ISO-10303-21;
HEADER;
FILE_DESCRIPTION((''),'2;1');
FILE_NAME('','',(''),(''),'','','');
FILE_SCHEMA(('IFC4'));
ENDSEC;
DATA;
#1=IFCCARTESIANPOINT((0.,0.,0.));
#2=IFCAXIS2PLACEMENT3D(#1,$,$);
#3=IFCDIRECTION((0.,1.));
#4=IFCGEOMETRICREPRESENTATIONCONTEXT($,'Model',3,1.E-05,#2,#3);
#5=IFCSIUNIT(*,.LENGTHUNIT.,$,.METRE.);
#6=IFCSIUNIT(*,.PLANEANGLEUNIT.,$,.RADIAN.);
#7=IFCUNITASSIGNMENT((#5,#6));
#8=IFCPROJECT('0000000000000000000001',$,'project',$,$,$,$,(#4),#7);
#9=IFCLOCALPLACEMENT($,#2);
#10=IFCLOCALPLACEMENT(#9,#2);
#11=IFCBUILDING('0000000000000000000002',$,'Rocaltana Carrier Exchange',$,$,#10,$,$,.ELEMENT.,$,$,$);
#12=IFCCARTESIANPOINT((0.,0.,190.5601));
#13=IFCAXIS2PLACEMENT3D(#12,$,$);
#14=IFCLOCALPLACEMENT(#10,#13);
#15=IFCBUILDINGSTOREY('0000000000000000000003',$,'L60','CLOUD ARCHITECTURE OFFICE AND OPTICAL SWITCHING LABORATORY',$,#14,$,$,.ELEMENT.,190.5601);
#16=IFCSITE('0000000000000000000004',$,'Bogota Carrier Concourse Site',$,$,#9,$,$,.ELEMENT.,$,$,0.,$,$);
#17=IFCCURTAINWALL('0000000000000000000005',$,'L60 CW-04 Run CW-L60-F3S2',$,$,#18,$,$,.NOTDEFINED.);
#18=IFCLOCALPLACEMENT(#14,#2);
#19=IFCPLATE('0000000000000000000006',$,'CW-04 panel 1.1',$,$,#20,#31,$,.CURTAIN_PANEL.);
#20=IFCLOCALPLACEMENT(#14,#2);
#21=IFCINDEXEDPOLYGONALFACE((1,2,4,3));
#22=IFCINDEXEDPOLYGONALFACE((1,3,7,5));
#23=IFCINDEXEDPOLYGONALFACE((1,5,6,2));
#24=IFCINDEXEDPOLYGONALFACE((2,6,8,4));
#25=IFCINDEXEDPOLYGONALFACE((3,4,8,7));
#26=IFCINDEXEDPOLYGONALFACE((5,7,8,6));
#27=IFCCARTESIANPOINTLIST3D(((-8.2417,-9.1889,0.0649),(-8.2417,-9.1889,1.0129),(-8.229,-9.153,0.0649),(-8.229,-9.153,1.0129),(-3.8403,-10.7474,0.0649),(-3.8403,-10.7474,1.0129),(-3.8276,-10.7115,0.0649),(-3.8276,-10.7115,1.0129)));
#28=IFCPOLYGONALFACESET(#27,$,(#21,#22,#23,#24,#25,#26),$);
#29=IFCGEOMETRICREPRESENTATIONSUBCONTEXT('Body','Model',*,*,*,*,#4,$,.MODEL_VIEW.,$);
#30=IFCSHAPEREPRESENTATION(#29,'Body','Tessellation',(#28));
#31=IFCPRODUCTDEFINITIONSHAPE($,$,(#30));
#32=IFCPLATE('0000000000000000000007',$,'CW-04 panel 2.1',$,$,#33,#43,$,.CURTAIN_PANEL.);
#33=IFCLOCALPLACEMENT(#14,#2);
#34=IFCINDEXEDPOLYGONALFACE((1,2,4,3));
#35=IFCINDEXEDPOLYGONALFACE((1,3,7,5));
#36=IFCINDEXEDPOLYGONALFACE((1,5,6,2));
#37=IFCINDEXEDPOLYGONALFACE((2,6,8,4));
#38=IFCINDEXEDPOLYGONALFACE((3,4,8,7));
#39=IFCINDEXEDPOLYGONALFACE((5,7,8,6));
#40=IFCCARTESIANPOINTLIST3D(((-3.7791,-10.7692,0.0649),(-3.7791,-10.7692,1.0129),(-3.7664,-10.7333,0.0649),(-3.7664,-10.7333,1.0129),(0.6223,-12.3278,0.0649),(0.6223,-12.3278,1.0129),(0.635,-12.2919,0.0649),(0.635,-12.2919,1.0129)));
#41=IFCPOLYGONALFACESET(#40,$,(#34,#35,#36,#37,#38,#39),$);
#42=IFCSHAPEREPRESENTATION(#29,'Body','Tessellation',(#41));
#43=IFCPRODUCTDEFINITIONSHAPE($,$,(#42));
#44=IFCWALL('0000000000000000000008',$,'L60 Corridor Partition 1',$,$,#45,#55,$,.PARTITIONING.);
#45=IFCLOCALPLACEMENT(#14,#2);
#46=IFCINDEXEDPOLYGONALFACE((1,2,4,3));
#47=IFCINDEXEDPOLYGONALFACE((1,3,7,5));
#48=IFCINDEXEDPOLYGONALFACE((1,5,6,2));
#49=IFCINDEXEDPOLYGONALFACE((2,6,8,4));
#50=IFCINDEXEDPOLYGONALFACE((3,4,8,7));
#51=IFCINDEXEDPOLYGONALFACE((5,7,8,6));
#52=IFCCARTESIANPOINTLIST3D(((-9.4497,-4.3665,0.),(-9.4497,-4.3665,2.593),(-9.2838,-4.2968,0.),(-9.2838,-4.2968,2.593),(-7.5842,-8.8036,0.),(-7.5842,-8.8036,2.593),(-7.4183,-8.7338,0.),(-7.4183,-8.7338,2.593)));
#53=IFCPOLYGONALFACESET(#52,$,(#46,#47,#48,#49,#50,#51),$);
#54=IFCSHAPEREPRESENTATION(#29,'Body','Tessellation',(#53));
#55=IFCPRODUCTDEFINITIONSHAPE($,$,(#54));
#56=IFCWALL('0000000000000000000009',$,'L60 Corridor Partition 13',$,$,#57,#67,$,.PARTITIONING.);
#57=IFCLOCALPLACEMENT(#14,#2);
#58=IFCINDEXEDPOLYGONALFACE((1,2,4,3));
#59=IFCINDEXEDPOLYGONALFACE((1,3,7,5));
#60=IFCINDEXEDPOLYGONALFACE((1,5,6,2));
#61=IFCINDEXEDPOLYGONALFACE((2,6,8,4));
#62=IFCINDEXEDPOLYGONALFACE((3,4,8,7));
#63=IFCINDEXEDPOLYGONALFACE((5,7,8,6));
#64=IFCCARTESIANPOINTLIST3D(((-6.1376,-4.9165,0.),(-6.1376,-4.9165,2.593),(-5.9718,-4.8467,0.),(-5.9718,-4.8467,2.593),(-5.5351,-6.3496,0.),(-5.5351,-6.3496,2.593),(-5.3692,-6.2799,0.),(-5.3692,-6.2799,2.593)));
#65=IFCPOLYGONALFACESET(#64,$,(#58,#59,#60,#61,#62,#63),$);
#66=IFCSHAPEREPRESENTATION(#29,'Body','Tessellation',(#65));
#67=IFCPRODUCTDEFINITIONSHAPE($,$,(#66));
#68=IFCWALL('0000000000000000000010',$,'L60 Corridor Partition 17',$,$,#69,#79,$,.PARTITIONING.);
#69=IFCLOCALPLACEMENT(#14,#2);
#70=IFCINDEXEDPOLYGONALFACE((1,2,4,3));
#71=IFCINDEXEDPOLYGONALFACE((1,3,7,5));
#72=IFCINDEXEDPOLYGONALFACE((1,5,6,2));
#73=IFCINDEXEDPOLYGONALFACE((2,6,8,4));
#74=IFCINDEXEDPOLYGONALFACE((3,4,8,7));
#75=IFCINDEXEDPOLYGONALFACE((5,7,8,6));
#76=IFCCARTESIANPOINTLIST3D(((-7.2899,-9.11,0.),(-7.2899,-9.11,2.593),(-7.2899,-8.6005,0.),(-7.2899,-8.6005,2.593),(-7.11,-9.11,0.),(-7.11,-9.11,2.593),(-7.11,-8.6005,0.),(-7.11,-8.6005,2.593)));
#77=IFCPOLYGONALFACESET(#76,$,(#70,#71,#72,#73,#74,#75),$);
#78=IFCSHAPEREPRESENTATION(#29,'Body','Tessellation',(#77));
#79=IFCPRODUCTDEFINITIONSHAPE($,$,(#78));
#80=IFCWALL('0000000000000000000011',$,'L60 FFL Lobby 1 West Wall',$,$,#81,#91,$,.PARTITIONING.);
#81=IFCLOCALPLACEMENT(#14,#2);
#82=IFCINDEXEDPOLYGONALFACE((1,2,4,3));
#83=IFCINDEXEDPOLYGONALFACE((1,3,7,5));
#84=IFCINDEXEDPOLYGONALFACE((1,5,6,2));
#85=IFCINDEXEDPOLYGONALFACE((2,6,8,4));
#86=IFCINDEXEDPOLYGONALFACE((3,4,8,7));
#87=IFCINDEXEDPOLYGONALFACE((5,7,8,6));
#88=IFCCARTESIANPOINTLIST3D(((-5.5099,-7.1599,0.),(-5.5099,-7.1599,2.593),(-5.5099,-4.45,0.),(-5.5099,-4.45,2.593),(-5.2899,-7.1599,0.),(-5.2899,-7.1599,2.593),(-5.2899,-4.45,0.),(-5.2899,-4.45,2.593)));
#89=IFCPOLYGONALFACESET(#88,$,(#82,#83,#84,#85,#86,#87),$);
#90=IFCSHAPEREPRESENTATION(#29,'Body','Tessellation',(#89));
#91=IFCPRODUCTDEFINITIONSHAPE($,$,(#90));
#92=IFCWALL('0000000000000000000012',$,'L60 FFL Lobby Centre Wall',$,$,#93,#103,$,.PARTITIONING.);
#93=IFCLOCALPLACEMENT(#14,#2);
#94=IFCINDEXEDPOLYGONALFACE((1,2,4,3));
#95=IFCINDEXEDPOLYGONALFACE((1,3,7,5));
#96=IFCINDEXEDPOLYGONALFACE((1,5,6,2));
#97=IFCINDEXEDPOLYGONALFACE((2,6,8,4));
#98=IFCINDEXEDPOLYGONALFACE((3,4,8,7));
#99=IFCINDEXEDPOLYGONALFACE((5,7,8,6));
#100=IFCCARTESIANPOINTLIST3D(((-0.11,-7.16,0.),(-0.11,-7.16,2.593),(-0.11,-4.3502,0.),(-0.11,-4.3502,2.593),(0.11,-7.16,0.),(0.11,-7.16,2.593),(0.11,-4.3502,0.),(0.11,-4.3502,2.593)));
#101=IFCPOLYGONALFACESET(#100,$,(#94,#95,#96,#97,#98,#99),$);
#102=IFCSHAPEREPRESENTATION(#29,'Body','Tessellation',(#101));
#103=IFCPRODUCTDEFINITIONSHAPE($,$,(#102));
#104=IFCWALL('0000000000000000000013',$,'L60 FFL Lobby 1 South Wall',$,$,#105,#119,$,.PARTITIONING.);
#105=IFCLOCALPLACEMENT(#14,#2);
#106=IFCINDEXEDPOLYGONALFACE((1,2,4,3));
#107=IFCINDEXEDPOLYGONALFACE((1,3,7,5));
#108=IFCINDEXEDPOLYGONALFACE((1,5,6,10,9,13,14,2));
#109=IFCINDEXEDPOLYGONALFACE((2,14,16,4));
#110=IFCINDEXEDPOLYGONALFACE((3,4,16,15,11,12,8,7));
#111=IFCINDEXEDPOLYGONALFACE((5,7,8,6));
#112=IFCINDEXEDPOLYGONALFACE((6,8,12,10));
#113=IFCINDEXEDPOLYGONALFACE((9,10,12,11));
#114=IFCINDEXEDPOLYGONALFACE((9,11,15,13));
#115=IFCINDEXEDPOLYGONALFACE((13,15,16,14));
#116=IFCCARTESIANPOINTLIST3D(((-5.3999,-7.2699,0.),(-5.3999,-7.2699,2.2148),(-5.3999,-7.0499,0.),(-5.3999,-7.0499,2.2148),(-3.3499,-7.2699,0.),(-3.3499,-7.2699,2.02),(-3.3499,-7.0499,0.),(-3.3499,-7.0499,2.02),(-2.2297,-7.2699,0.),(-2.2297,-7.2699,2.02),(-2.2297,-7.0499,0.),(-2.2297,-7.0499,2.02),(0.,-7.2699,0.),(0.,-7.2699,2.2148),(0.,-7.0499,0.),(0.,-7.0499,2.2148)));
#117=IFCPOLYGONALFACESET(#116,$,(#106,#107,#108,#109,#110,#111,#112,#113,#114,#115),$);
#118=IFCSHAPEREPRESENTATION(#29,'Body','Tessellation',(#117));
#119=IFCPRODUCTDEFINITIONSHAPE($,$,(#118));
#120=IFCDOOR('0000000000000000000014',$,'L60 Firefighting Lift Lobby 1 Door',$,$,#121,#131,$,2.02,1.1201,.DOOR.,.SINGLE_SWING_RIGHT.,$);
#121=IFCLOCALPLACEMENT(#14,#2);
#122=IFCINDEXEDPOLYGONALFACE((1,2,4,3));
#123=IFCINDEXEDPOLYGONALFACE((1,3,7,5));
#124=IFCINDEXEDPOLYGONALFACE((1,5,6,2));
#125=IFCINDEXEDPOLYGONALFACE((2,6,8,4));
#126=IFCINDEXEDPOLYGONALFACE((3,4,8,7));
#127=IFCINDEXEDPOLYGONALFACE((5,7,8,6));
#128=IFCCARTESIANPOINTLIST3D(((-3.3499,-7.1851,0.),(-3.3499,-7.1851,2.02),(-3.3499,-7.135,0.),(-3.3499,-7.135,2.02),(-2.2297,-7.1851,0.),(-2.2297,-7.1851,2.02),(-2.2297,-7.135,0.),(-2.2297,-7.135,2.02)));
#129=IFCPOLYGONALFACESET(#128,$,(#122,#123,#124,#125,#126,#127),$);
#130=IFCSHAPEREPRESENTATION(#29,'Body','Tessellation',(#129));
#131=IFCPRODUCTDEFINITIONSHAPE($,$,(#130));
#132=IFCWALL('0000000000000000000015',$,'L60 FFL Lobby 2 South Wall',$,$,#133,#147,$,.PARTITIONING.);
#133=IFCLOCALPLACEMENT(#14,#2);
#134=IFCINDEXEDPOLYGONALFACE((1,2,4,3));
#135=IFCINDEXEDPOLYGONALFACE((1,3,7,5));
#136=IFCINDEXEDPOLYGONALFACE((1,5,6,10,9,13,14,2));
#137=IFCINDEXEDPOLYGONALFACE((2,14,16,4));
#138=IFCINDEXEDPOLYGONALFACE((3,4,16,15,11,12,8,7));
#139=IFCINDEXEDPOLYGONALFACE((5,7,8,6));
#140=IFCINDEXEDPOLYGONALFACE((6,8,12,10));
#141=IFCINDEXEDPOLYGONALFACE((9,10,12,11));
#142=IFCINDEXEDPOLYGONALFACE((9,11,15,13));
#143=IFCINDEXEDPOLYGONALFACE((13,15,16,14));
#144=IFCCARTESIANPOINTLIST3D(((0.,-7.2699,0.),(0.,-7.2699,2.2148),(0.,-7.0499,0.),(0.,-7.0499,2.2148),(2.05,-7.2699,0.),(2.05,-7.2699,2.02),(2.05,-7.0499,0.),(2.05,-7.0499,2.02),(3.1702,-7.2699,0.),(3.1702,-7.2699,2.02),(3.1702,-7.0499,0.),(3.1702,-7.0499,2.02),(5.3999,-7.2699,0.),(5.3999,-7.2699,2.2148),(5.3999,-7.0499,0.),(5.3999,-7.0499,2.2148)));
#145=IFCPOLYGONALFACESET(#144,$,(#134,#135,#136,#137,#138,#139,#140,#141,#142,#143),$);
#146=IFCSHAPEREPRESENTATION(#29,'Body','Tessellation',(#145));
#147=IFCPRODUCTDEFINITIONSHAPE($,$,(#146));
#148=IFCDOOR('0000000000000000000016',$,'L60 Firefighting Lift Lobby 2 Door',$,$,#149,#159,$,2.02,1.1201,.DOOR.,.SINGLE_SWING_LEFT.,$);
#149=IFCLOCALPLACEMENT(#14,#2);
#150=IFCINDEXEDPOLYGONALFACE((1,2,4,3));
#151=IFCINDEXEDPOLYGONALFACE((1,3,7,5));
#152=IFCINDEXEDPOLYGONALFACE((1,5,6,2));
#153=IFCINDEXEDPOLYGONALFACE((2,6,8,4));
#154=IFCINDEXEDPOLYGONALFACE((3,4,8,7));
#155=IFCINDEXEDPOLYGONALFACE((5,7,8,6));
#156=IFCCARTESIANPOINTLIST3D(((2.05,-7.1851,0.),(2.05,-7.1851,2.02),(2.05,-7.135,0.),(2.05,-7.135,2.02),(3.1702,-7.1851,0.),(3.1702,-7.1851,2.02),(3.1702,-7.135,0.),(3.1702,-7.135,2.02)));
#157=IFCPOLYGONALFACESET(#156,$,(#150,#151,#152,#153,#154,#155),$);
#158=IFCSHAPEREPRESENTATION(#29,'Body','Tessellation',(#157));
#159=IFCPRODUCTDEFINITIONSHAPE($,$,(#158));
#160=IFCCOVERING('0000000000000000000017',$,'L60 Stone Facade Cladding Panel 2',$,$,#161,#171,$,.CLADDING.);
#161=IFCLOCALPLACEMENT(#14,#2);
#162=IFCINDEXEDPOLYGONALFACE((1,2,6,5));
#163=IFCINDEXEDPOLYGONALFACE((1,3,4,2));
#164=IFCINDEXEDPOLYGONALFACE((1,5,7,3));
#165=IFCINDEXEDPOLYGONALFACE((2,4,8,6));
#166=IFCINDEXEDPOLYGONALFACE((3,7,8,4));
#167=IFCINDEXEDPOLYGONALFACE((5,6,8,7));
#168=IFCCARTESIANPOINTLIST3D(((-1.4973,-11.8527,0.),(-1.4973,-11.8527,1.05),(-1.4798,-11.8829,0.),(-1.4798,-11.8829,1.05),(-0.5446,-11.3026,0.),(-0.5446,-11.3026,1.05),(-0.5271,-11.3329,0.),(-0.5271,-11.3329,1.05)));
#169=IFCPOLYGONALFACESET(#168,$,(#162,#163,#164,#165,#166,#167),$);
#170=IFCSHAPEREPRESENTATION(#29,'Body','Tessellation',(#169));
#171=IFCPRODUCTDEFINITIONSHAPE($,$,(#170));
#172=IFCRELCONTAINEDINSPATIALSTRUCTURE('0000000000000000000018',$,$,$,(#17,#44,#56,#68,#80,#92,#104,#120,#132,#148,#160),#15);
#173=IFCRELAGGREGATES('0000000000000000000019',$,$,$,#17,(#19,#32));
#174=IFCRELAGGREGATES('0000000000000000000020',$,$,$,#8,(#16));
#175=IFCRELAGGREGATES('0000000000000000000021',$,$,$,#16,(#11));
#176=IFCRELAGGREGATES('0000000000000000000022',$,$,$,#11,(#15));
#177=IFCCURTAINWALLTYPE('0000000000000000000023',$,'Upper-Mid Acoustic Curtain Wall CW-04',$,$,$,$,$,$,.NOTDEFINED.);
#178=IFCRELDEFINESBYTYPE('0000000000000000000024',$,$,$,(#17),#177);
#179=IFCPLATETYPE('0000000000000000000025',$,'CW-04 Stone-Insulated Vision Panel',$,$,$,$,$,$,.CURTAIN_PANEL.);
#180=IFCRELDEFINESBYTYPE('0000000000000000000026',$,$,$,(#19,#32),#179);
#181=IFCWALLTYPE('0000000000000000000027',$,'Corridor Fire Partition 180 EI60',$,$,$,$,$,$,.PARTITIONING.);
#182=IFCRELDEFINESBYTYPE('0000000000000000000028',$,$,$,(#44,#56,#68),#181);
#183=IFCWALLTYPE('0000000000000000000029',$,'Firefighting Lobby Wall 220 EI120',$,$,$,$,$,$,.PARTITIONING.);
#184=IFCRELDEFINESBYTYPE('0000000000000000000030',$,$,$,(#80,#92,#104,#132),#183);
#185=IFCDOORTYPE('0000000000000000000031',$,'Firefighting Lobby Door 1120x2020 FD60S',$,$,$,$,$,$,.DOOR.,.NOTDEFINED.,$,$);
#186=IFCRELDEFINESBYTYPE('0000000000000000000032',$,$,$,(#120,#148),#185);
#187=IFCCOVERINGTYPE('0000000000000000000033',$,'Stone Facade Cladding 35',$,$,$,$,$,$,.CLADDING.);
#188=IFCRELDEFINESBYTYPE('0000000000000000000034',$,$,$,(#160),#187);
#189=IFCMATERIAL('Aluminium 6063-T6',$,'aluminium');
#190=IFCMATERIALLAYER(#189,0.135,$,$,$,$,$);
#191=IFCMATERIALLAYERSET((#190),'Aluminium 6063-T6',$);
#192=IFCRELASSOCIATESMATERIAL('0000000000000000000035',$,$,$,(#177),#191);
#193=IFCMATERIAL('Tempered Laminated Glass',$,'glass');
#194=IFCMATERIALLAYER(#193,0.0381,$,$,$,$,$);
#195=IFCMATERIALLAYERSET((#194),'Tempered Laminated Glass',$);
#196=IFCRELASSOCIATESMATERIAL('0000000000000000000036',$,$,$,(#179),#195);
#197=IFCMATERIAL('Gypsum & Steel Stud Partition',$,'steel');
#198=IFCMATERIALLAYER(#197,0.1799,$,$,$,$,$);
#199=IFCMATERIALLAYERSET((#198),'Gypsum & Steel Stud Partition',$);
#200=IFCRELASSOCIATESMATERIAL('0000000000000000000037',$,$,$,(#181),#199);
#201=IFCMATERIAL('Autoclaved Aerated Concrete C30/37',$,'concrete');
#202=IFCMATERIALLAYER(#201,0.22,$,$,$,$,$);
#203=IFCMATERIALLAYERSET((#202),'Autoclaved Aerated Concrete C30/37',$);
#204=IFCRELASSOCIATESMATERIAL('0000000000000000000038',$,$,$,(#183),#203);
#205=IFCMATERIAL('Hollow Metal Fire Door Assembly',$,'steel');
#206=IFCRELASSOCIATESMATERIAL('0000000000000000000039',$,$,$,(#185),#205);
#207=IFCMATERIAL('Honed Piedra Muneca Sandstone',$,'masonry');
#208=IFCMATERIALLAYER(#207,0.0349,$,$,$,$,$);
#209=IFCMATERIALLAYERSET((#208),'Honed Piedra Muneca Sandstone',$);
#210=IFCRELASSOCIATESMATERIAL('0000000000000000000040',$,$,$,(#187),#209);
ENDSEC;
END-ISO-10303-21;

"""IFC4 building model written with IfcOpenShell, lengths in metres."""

from ifc_helpers import new_model, si_unit, direction, frame, frame_2d, origin, origin_2d, place, context, subcontext, project, spatial, rectangle, extrude, material, layer, layer_set, type_object, element, fill, aggregate, save


model = new_model("IFC4")

# Units and contexts
model_context = context("Model", 3, precision=1e-05, world=origin(), true_north=direction((0.0, 1.0)))
body_context = subcontext(model_context, "Body", "Model", "MODEL_VIEW")
ifc_project = project(units=[si_unit("LENGTHUNIT", "METRE"), si_unit("PLANEANGLEUNIT", "RADIAN")], contexts=[model_context])

# Site, building, storey
site_placement = place(None, origin())
site = spatial("IfcSite", under=ifc_project, at=site_placement, Name="Bogota Carrier Concourse Site", CompositionType="ELEMENT", RefElevation=0.0)
building_placement = place(site_placement, origin())
building = spatial("IfcBuilding", under=site, at=building_placement, Name="Rocaltana Carrier Exchange", CompositionType="ELEMENT")
storey_placement = place(building_placement, frame((0.0, 0.0, 190.5601)))
storey = spatial("IfcBuildingStorey", under=building, at=storey_placement, Name="L60", Description="CLOUD ARCHITECTURE OFFICE AND OPTICAL SWITCHING LABORATORY", CompositionType="ELEMENT", Elevation=190.5601)

# Curtain wall
ifc_material_1 = material(Name="Aluminium 6063-T6", Category="aluminium")
ifc_layer_1 = layer(ifc_material_1, 0.135)
ifc_layer_set_1 = layer_set([ifc_layer_1], Name="Aluminium 6063-T6")
curtain_wall_type = type_object("IfcCurtainWallType", Name="Upper-Mid Acoustic Curtain Wall CW-04", PredefinedType="NOTDEFINED", material=ifc_layer_set_1)
curtain_wall_placement = place(storey_placement, origin())
curtain_wall = element("IfcCurtainWall", 1, at=curtain_wall_placement, inside=storey, type_object=curtain_wall_type, Name="L60 CW-04 Run CW-L60-F3S2", PredefinedType="NOTDEFINED")

# Plates
ifc_material_2 = material(Name="Tempered Laminated Glass", Category="glass")
ifc_layer_2 = layer(ifc_material_2, 0.0381)
ifc_layer_set_2 = layer_set([ifc_layer_2], Name="Tempered Laminated Glass")
plate_type = type_object("IfcPlateType", Name="CW-04 Stone-Insulated Vision Panel", PredefinedType="CURTAIN_PANEL", material=ifc_layer_set_2)
plate_1_placement = place(storey_placement, frame((-6.0347, -9.9502, 0.0649), z_axis=(0.0, 0.0, 1.0), x_axis=(0.942644, -0.333799, 0.0)))
plate_1 = element("IfcPlate", 2, at=plate_1_placement, type_object=plate_type, Name="CW-04 panel 1.1", PredefinedType="CURTAIN_PANEL", context=body_context, shape_type="SweptSolid", body=[
    extrude(rectangle(XDim=4.6692, YDim=0.0381, at=origin_2d()), origin(), (0.0, 0.0, 1.0), 0.948),
])
plate_2_placement = place(storey_placement, frame((-1.572, -11.5305, 0.0649), z_axis=(0.0, 0.0, 1.0), x_axis=(0.942644, -0.333799, 0.0)))
plate_2 = element("IfcPlate", 3, at=plate_2_placement, type_object=plate_type, Name="CW-04 panel 2.1", PredefinedType="CURTAIN_PANEL", context=body_context, shape_type="SweptSolid", body=[
    extrude(rectangle(XDim=4.6692, YDim=0.0381, at=origin_2d()), origin(), (0.0, 0.0, 1.0), 0.948),
])
aggregate(curtain_wall, [plate_1, plate_2])

# Walls
ifc_material_3 = material(Name="Gypsum & Steel Stud Partition", Category="steel")
ifc_layer_3 = layer(ifc_material_3, 0.1799)
ifc_layer_set_3 = layer_set([ifc_layer_3], Name="Gypsum & Steel Stud Partition")
wall_type_1 = type_object("IfcWallType", Name="Corridor Fire Partition 180 EI60", PredefinedType="PARTITIONING", material=ifc_layer_set_3)
wall_1_placement = place(storey_placement, frame((-7.5012, -8.7688, 0.0), z_axis=(0.0, 0.0, 1.0), x_axis=(-0.387574, 0.921839, 0.0)))
element("IfcWall", 4, at=wall_1_placement, inside=storey, type_object=wall_type_1, Name="L60 Corridor Partition 1", PredefinedType="PARTITIONING", context=body_context, shape_type="SweptSolid", body=[
    extrude(rectangle(XDim=4.8132, YDim=0.1799, at=frame_2d((2.4067, 0.0))), origin(), (0.0, 0.0, 1.0), 2.593),
])
wall_2_placement = place(storey_placement, frame((-6.0547, -4.8816, 0.0), z_axis=(0.0, 0.0, 1.0), x_axis=(0.38758, -0.921836, 0.0)))
element("IfcWall", 5, at=wall_2_placement, inside=storey, type_object=wall_type_1, Name="L60 Corridor Partition 13", PredefinedType="PARTITIONING", context=body_context, shape_type="SweptSolid", body=[
    extrude(rectangle(XDim=1.5547, YDim=0.1799, at=frame_2d((0.7773, 0.0))), origin(), (0.0, 0.0, 1.0), 2.593),
])
wall_3_placement = place(storey_placement, frame((-7.2, -9.1101, 0.0), z_axis=(0.0, 0.0, 1.0), x_axis=(0.0, 1.0, 0.0)))
element("IfcWall", 6, at=wall_3_placement, inside=storey, type_object=wall_type_1, Name="L60 Corridor Partition 17", PredefinedType="PARTITIONING", context=body_context, shape_type="SweptSolid", body=[
    extrude(rectangle(XDim=0.5095, YDim=0.1799, at=frame_2d((0.2549, 0.0))), origin(), (0.0, 0.0, 1.0), 2.593),
])
ifc_material_4 = material(Name="Autoclaved Aerated Concrete C30/37", Category="concrete")
ifc_layer_4 = layer(ifc_material_4, 0.22)
ifc_layer_set_4 = layer_set([ifc_layer_4], Name="Autoclaved Aerated Concrete C30/37")
wall_type_2 = type_object("IfcWallType", Name="Firefighting Lobby Wall 220 EI120", PredefinedType="PARTITIONING", material=ifc_layer_set_4)
wall_4_placement = place(storey_placement, frame((-5.3999, -7.1599, 0.0), z_axis=(0.0, 0.0, 1.0), x_axis=(0.0, 1.0, 0.0)))
element("IfcWall", 7, at=wall_4_placement, inside=storey, type_object=wall_type_2, Name="L60 FFL Lobby 1 West Wall", PredefinedType="PARTITIONING", context=body_context, shape_type="SweptSolid", body=[
    extrude(rectangle(XDim=2.71, YDim=0.22, at=frame_2d((1.355, 0.0))), origin(), (0.0, 0.0, 1.0), 2.593),
])
wall_5_placement = place(storey_placement, frame((0.0, -7.1599, 0.0), z_axis=(0.0, 0.0, 1.0), x_axis=(0.0, 1.0, 0.0)))
element("IfcWall", 8, at=wall_5_placement, inside=storey, type_object=wall_type_2, Name="L60 FFL Lobby Centre Wall", PredefinedType="PARTITIONING", context=body_context, shape_type="SweptSolid", body=[
    extrude(rectangle(XDim=2.8098, YDim=0.22, at=frame_2d((1.4048, 0.0))), origin(), (0.0, 0.0, 1.0), 2.593),
])

# Walls, openings, doors
wall_6_placement = place(storey_placement, frame((-5.3999, -7.1599, 0.0), z_axis=(0.0, 0.0, 1.0), x_axis=(1.0, 0.0, 0.0)))
wall_6 = element("IfcWall", 9, at=wall_6_placement, inside=storey, type_object=wall_type_2, Name="L60 FFL Lobby 1 South Wall", PredefinedType="PARTITIONING", context=body_context, shape_type="SweptSolid", body=[
    extrude(rectangle(XDim=5.3999, YDim=0.22, at=frame_2d((2.7, 0.0))), origin(), (0.0, 0.0, 1.0), 2.2148),
])
opening_1_placement = place(wall_6_placement, frame((2.05, 0.0, 0.0)))
opening_1 = element("IfcOpeningElement", 10, at=opening_1_placement, cuts=wall_6, PredefinedType="OPENING", context=body_context, shape_type="SweptSolid", body=[
    extrude(rectangle(XDim=1.1201, YDim=2.02, at=frame_2d((0.5601, 1.01))), frame((0.0, 0.1199, 0.0), z_axis=(0.0, -1.0, 0.0), x_axis=(1.0, 0.0, 0.0)), (0.0, 0.0, 1.0), 0.24),
])
ifc_material_5 = material(Name="Hollow Metal Fire Door Assembly", Category="steel")
door_type = type_object("IfcDoorType", Name="Firefighting Lobby Door 1120x2020 FD60S", OperationType="NOTDEFINED", PredefinedType="DOOR", material=ifc_material_5)
door_1_placement = place(opening_1_placement, origin())
door_1 = element("IfcDoor", 11, at=door_1_placement, inside=storey, type_object=door_type, Name="L60 Firefighting Lift Lobby 1 Door", OperationType="SINGLE_SWING_RIGHT", OverallHeight=2.02, OverallWidth=1.1201, PredefinedType="DOOR", context=body_context, shape_type="SweptSolid", body=[
    extrude(rectangle(XDim=1.1201, YDim=2.02, at=frame_2d((0.5601, 1.01))), frame((0.0, 0.0249, 0.0), z_axis=(0.0, -1.0, 0.0), x_axis=(1.0, 0.0, 0.0)), (0.0, 0.0, 1.0), 0.05),
])
fill(opening_1, door_1)
wall_7_placement = place(storey_placement, frame((0.0, -7.1599, 0.0), z_axis=(0.0, 0.0, 1.0), x_axis=(1.0, 0.0, 0.0)))
wall_7 = element("IfcWall", 12, at=wall_7_placement, inside=storey, type_object=wall_type_2, Name="L60 FFL Lobby 2 South Wall", PredefinedType="PARTITIONING", context=body_context, shape_type="SweptSolid", body=[
    extrude(rectangle(XDim=5.3999, YDim=0.22, at=frame_2d((2.7, 0.0))), origin(), (0.0, 0.0, 1.0), 2.2148),
])
opening_2_placement = place(wall_7_placement, frame((2.05, 0.0, 0.0)))
opening_2 = element("IfcOpeningElement", 13, at=opening_2_placement, cuts=wall_7, PredefinedType="OPENING", context=body_context, shape_type="SweptSolid", body=[
    extrude(rectangle(XDim=1.1201, YDim=2.02, at=frame_2d((0.5601, 1.01))), frame((0.0, 0.1199, 0.0), z_axis=(0.0, -1.0, 0.0), x_axis=(1.0, 0.0, 0.0)), (0.0, 0.0, 1.0), 0.24),
])
door_2_placement = place(opening_2_placement, origin())
door_2 = element("IfcDoor", 14, at=door_2_placement, inside=storey, type_object=door_type, Name="L60 Firefighting Lift Lobby 2 Door", OperationType="SINGLE_SWING_LEFT", OverallHeight=2.02, OverallWidth=1.1201, PredefinedType="DOOR", context=body_context, shape_type="SweptSolid", body=[
    extrude(rectangle(XDim=1.1201, YDim=2.02, at=frame_2d((0.5601, 1.01))), frame((0.0, 0.0249, 0.0), z_axis=(0.0, -1.0, 0.0), x_axis=(1.0, 0.0, 0.0)), (0.0, 0.0, 1.0), 0.05),
])
fill(opening_2, door_2)

# Covering
ifc_material_6 = material(Name="Honed Piedra Muneca Sandstone", Category="masonry")
ifc_layer_5 = layer(ifc_material_6, 0.0349)
ifc_layer_set_5 = layer_set([ifc_layer_5], Name="Honed Piedra Muneca Sandstone")
covering_type = type_object("IfcCoveringType", Name="Stone Facade Cladding 35", PredefinedType="CLADDING", material=ifc_layer_set_5)
covering_placement = place(storey_placement, frame((-1.0122, -11.5928, 0.0), z_axis=(0.0, 0.0, 1.0), x_axis=(0.866025, 0.5, 0.0)))
element("IfcCovering", 15, at=covering_placement, inside=storey, type_object=covering_type, Name="L60 Stone Facade Cladding Panel 2", PredefinedType="CLADDING", context=body_context, shape_type="SweptSolid", body=[
    extrude(rectangle(XDim=1.1001, YDim=0.0349, at=origin_2d()), origin(), (0.0, 0.0, 1.0), 1.05),
])

save(model, "model.ifc")
